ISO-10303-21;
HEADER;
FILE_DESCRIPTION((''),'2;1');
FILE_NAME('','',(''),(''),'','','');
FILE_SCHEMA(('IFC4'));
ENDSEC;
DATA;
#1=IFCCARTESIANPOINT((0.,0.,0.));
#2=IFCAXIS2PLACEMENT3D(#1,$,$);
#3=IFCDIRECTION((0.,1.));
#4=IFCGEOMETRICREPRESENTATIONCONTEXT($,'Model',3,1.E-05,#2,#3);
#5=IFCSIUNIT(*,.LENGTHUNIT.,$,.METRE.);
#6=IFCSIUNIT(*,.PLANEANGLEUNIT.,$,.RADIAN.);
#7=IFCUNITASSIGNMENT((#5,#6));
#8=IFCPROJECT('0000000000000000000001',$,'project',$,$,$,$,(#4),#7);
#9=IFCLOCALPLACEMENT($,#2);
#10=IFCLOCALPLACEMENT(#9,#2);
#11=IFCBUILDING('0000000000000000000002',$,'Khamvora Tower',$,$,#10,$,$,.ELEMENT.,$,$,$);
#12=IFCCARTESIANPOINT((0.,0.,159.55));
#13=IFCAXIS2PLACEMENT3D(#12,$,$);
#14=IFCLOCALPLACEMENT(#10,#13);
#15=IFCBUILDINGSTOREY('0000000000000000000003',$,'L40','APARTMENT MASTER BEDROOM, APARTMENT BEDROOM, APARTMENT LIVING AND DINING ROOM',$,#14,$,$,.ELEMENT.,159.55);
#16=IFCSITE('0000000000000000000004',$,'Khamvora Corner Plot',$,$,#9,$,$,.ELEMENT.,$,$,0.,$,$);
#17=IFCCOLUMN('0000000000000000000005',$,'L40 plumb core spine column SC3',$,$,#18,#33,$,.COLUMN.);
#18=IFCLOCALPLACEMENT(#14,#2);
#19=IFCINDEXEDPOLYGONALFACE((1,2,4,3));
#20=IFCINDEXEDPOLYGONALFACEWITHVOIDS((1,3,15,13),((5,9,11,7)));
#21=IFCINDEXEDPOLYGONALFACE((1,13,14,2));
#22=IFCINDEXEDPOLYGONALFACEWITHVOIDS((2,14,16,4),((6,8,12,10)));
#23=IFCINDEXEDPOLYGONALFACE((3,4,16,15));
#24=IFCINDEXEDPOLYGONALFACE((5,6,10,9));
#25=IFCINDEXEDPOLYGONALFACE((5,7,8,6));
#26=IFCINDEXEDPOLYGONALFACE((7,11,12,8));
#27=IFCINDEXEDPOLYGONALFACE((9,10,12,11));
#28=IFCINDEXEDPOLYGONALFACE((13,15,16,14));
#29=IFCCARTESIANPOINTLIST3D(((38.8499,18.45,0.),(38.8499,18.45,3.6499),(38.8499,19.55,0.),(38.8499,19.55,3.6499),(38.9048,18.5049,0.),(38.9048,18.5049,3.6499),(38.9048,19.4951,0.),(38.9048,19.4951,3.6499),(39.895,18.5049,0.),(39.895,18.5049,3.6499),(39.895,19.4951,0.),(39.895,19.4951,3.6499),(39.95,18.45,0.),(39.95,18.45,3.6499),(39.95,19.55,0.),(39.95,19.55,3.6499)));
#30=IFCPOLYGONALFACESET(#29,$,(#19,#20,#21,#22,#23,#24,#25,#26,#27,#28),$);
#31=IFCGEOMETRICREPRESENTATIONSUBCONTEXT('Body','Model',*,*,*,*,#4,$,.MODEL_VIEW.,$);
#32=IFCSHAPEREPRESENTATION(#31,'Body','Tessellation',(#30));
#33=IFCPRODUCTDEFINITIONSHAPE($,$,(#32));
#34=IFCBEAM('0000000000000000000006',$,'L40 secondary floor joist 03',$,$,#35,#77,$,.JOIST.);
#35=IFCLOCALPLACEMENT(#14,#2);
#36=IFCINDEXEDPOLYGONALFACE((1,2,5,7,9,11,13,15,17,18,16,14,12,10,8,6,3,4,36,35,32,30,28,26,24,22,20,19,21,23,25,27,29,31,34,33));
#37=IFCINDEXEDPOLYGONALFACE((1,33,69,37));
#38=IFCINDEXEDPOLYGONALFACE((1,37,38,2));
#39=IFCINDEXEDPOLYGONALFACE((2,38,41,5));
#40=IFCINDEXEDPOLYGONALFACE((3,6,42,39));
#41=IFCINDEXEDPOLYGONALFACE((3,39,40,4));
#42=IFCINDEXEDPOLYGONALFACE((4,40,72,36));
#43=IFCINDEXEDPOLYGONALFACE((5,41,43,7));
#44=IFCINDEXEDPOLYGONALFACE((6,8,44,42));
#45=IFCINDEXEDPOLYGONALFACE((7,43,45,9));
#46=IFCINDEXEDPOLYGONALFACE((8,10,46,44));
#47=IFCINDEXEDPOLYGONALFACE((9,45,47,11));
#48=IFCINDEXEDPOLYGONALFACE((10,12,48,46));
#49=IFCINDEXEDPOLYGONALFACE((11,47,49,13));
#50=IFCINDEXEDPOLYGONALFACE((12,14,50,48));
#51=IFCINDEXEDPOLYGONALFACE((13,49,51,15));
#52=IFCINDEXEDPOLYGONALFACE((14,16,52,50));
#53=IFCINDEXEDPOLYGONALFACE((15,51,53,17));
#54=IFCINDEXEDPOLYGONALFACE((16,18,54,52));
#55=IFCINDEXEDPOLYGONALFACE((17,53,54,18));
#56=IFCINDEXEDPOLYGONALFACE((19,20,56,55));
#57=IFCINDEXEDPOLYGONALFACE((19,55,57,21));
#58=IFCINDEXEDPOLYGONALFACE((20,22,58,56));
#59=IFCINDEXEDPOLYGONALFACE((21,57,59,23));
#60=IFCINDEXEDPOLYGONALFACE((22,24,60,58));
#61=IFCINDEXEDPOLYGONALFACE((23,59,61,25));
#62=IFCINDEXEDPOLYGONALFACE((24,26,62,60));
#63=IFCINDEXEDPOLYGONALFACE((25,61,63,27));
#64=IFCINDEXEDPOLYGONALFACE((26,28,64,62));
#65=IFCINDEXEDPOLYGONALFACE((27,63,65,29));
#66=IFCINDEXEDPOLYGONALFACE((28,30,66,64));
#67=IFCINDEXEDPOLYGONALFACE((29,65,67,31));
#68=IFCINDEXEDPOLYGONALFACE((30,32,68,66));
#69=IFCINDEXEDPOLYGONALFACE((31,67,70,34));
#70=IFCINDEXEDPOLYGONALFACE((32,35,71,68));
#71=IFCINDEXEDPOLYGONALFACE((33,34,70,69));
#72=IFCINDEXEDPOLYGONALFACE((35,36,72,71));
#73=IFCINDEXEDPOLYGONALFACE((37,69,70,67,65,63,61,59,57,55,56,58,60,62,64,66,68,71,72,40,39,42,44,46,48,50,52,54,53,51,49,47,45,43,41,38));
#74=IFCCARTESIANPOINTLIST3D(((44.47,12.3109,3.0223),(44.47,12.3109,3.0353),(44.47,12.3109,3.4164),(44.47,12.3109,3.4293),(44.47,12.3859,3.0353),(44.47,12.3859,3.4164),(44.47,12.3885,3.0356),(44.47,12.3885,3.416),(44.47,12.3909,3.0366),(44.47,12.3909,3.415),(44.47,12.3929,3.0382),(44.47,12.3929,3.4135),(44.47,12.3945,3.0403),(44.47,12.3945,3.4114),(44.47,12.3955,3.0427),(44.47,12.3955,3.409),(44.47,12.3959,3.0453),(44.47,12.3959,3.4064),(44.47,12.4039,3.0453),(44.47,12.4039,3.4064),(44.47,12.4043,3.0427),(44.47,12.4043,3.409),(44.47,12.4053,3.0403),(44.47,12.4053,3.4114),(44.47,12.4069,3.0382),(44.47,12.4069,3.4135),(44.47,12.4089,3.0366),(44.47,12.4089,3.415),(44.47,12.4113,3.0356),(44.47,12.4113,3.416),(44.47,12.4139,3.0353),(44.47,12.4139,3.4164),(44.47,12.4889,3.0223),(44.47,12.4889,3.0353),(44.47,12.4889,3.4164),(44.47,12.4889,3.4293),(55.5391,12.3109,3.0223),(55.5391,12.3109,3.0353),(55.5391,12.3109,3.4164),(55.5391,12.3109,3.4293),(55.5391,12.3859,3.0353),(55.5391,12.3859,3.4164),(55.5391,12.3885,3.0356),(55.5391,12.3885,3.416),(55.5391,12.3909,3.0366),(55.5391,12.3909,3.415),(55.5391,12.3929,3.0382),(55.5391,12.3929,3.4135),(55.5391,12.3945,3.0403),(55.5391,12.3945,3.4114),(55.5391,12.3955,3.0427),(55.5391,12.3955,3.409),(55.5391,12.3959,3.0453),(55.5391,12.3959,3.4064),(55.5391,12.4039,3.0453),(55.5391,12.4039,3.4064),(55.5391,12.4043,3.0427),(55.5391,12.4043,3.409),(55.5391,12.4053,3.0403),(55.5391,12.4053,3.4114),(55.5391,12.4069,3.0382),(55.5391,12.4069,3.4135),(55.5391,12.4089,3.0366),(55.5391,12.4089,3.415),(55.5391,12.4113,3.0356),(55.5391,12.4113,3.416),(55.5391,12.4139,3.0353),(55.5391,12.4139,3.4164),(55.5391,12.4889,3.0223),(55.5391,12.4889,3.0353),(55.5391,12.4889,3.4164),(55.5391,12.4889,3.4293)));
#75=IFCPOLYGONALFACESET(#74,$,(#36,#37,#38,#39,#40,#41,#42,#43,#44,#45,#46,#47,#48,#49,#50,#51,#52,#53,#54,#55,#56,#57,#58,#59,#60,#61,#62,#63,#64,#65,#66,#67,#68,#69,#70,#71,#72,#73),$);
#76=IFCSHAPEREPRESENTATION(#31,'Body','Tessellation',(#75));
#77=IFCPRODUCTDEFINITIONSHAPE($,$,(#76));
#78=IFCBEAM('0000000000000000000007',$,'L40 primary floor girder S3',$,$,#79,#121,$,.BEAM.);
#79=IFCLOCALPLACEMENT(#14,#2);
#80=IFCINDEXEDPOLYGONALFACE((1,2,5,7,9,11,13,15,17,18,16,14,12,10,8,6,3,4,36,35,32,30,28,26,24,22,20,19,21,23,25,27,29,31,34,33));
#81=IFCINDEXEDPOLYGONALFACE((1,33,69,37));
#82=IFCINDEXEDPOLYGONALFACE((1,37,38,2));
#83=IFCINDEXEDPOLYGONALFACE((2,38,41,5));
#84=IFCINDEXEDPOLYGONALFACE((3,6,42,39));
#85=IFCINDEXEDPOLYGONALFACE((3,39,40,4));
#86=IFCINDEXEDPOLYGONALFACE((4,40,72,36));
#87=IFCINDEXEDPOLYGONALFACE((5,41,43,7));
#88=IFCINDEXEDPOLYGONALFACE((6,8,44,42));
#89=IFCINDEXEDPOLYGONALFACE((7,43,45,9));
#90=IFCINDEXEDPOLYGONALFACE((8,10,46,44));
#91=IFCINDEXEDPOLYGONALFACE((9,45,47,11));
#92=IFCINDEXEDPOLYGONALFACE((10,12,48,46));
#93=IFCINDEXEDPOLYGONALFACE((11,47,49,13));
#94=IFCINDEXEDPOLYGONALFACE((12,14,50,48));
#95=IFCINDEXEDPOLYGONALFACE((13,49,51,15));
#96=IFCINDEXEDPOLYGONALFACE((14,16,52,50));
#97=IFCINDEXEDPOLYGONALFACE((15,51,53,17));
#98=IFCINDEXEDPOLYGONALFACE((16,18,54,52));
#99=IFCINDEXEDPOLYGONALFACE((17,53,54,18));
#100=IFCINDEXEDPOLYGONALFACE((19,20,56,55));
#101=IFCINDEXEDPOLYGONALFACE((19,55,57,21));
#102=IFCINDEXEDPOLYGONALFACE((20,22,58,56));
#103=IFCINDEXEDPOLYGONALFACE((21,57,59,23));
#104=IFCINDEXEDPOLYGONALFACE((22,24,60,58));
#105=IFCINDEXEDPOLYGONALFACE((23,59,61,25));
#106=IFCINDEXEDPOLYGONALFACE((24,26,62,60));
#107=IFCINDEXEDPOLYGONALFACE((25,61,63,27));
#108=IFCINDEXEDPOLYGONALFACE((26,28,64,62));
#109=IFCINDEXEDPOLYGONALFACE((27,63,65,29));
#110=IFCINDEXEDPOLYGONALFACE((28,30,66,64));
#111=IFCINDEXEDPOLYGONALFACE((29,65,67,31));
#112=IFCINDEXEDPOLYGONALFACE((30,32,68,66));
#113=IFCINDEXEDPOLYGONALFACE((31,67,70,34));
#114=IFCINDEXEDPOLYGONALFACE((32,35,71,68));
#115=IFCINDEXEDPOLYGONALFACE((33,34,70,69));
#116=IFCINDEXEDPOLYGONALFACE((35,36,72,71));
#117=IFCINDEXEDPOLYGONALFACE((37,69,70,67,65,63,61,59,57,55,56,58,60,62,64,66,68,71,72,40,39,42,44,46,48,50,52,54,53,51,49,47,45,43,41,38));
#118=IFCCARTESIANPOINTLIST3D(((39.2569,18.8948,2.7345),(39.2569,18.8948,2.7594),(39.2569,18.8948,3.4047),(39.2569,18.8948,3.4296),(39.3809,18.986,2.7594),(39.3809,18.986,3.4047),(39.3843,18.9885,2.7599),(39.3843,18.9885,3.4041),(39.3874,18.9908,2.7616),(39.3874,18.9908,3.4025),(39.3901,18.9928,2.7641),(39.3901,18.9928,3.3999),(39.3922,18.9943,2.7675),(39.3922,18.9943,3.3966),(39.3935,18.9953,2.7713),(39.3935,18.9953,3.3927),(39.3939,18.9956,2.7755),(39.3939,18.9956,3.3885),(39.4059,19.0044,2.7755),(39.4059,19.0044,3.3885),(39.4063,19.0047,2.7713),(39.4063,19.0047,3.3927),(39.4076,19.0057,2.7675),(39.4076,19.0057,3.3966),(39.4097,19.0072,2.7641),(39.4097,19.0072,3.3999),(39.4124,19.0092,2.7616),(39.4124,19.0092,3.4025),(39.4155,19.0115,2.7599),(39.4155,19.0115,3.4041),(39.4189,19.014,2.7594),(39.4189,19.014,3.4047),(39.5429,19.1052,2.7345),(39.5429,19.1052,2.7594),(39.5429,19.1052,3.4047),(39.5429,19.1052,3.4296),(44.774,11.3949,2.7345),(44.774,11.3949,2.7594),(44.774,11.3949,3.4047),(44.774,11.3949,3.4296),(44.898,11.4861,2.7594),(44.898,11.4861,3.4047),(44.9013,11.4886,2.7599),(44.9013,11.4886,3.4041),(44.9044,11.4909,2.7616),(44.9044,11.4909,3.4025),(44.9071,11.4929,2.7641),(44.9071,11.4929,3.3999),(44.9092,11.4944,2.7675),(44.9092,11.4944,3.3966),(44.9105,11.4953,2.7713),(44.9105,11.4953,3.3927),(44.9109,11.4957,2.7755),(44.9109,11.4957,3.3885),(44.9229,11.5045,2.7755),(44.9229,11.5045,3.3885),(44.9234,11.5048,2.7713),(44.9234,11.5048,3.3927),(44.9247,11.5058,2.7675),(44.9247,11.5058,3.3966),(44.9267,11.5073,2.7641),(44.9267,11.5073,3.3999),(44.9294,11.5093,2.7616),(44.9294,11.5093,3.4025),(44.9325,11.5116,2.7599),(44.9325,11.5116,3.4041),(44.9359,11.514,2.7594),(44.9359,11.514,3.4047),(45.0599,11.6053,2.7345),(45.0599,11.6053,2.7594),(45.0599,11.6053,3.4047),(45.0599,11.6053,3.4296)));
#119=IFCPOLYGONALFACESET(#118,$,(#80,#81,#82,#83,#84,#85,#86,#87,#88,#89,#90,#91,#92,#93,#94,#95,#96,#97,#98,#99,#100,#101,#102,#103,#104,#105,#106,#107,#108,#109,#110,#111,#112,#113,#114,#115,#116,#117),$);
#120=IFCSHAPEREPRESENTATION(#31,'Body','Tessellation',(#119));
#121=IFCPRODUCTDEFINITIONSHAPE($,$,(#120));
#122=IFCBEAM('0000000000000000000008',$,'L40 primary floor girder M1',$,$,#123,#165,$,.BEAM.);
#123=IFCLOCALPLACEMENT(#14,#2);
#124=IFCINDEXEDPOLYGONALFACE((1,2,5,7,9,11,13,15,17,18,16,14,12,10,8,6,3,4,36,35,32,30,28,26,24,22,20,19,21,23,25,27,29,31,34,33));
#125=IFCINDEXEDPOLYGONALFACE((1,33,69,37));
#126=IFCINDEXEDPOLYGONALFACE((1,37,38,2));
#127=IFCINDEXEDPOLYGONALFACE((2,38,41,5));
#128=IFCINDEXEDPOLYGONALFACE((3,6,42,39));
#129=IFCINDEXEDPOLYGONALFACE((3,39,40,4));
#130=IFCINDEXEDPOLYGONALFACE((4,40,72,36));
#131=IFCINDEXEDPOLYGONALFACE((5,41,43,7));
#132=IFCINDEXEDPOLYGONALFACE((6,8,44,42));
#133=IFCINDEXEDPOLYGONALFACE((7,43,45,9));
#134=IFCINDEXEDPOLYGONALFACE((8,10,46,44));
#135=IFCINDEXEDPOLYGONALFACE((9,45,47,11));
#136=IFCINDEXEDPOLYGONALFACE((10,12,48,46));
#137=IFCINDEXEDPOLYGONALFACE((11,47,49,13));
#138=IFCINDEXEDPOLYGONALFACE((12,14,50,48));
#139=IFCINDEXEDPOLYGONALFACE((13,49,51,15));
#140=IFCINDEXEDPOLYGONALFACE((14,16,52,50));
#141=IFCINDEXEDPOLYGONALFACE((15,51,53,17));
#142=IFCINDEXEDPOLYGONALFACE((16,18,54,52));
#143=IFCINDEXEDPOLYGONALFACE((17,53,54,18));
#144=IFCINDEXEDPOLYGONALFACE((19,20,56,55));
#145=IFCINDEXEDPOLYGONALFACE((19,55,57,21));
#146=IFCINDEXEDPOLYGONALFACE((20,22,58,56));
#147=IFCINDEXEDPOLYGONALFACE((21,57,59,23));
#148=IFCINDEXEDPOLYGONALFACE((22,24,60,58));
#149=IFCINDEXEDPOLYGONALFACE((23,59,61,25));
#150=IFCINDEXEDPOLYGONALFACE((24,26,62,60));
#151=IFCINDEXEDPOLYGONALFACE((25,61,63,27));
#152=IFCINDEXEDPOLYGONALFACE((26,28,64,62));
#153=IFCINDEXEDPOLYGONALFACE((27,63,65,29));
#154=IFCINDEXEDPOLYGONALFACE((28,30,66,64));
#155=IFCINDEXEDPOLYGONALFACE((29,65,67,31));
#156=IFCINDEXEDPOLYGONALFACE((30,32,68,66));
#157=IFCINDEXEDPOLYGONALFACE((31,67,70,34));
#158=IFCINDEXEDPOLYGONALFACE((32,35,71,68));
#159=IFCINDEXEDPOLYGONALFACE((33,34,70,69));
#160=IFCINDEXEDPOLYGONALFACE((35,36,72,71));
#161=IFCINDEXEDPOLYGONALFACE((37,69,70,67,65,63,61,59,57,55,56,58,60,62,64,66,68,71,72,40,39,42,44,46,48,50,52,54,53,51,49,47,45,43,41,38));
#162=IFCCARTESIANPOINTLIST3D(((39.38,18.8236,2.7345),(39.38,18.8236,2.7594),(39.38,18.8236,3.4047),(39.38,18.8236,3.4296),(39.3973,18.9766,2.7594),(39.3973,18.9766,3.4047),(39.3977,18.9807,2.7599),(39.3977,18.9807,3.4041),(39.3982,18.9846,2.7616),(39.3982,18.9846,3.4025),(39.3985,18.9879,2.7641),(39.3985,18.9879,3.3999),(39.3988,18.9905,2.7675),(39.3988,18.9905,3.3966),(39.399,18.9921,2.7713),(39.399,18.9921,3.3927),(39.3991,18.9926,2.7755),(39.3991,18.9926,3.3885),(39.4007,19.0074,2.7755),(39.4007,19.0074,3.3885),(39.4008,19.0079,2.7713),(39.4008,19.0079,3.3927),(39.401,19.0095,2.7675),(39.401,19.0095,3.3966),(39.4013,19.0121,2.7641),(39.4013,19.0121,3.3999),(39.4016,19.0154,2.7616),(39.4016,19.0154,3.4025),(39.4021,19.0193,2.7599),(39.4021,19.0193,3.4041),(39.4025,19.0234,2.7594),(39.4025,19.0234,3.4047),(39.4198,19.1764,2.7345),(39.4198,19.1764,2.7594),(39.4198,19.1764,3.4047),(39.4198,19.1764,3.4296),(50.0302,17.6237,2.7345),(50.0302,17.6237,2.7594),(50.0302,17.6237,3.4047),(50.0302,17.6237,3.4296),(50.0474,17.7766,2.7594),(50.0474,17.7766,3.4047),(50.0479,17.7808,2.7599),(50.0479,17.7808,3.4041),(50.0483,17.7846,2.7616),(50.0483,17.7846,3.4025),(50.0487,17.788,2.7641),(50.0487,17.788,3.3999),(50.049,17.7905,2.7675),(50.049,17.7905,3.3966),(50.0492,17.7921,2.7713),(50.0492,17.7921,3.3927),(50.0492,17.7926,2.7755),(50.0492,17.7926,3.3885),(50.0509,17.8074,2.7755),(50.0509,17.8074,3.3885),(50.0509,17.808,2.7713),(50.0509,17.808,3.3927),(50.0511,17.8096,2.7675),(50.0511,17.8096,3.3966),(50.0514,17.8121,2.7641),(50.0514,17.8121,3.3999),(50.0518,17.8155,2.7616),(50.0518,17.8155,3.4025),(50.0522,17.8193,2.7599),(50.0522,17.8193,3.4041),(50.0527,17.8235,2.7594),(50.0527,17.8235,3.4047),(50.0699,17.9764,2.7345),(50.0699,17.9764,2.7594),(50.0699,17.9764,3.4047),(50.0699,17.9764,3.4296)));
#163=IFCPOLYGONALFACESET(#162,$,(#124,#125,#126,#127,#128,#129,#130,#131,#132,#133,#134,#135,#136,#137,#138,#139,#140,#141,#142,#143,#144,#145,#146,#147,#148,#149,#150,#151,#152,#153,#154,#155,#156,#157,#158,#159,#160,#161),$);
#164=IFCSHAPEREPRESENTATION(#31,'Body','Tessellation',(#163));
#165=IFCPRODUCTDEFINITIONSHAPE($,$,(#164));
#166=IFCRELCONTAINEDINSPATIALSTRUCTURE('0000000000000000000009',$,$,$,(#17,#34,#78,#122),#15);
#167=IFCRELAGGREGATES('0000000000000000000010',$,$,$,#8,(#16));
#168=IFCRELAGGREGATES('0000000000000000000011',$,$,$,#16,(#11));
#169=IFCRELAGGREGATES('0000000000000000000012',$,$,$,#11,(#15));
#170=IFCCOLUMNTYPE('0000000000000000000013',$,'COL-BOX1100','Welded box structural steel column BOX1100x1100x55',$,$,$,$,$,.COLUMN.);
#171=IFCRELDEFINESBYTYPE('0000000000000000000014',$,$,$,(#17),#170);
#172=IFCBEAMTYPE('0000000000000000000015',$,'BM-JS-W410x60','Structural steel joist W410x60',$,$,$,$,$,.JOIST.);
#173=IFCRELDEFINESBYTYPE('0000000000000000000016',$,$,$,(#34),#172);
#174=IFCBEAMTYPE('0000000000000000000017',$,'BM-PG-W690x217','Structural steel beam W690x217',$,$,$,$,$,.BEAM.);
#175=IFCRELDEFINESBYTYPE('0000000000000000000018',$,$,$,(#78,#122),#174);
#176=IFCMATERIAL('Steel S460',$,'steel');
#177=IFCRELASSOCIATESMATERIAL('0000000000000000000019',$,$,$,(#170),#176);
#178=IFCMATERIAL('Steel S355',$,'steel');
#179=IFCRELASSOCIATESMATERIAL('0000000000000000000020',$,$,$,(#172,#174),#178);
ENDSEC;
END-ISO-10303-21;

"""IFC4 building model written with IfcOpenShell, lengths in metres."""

from ifc_helpers import new_model, si_unit, direction, frame, origin, origin_2d, place, context, subcontext, project, spatial, hollow_rectangle, i_section, extrude, material, material_profile, profile_set, type_object, element, save


model = new_model("IFC4")

# Units and contexts
model_context = context("Model", 3, precision=1e-05, world=origin(), true_north=direction((0.0, 1.0)))
body_context = subcontext(model_context, "Body", "Model", "MODEL_VIEW")
ifc_project = project(units=[si_unit("LENGTHUNIT", "METRE"), si_unit("PLANEANGLEUNIT", "RADIAN")], contexts=[model_context])

# Site, building, storey
site_placement = place(None, origin())
site = spatial("IfcSite", under=ifc_project, at=site_placement, Name="Khamvora Corner Plot", CompositionType="ELEMENT", RefElevation=0.0)
building_placement = place(site_placement, origin())
building = spatial("IfcBuilding", under=site, at=building_placement, Name="Khamvora Tower", CompositionType="ELEMENT")
storey_placement = place(building_placement, frame((0.0, 0.0, 159.55)))
storey = spatial("IfcBuildingStorey", under=building, at=storey_placement, Name="L40", Description="APARTMENT MASTER BEDROOM, APARTMENT BEDROOM, APARTMENT LIVING AND DINING ROOM", CompositionType="ELEMENT", Elevation=159.55)

# Column
ifc_material_1 = material(Name="Steel S460", Category="steel")
ifc_material_profile_1 = material_profile(ifc_material_1, hollow_rectangle(XDim=1.1001, YDim=1.1001, WallThickness=0.0549, at=origin_2d()), Name="BOX1100x1100x55")
ifc_profile_set_1 = profile_set([ifc_material_profile_1], Name="Steel S460")
column_type = type_object("IfcColumnType", Name="COL-BOX1100", Description="Welded box structural steel column BOX1100x1100x55", PredefinedType="COLUMN", material=ifc_profile_set_1)
column_placement = place(storey_placement, frame((39.3999, 19.0, 0.0), z_axis=(0.0, 0.0, 1.0), x_axis=(1.0, 0.0, 0.0)))
element("IfcColumn", 1, at=column_placement, inside=storey, type_object=column_type, Name="L40 plumb core spine column SC3", PredefinedType="COLUMN", context=body_context, shape_type="SweptSolid", body=[
    extrude(hollow_rectangle(XDim=1.1001, YDim=1.1001, WallThickness=0.0549, at=origin_2d()), origin(), (0.0, 0.0, 1.0), 3.6499),
])

# Beams
ifc_material_2 = material(Name="Steel S355", Category="steel")
ifc_material_profile_2 = material_profile(ifc_material_2, i_section(OverallWidth=0.178, OverallDepth=0.407, WebThickness=0.0081, FlangeThickness=0.0129, FilletRadius=0.01, at=origin_2d()), Name="W410x60")
ifc_profile_set_2 = profile_set([ifc_material_profile_2], Name="Steel S355")
beam_type_1 = type_object("IfcBeamType", Name="BM-JS-W410x60", Description="Structural steel joist W410x60", PredefinedType="JOIST", material=ifc_profile_set_2)
beam_1_placement = place(storey_placement, frame((44.47, 12.3999, 3.2258), z_axis=(1.0, 0.0, 0.0), x_axis=(0.0, 1.0, 0.0)))
element("IfcBeam", 2, at=beam_1_placement, inside=storey, type_object=beam_type_1, Name="L40 secondary floor joist 03", PredefinedType="JOIST", context=body_context, shape_type="SweptSolid", body=[
    extrude(i_section(OverallWidth=0.178, OverallDepth=0.407, WebThickness=0.0081, FlangeThickness=0.0129, FilletRadius=0.01, at=origin_2d()), origin(), (0.0, 0.0, 1.0), 11.0691),
])
ifc_material_profile_3 = material_profile(ifc_material_2, i_section(OverallWidth=0.355, OverallDepth=0.6951, WebThickness=0.0149, FlangeThickness=0.0249, FilletRadius=0.0161, at=origin_2d()), Name="W690x217")
ifc_profile_set_3 = profile_set([ifc_material_profile_3], Name="Steel S355")
beam_type_2 = type_object("IfcBeamType", Name="BM-PG-W690x217", Description="Structural steel beam W690x217", PredefinedType="BEAM", material=ifc_profile_set_3)
beam_2_placement = place(storey_placement, frame((39.3999, 19.0, 3.082), z_axis=(0.592557, -0.805529, 0.0), x_axis=(0.805529, 0.592557, 0.0)))
element("IfcBeam", 3, at=beam_2_placement, inside=storey, type_object=beam_type_2, Name="L40 primary floor girder S3", PredefinedType="BEAM", context=body_context, shape_type="SweptSolid", body=[
    extrude(i_section(OverallWidth=0.355, OverallDepth=0.6951, WebThickness=0.0149, FlangeThickness=0.0249, FilletRadius=0.0161, at=origin_2d()), origin(), (0.0, 0.0, 1.0), 9.3105),
])
beam_3_placement = place(storey_placement, frame((39.3999, 19.0, 3.082), z_axis=(0.993713, -0.111962, 0.0), x_axis=(0.111962, 0.993713, 0.0)))
element("IfcBeam", 4, at=beam_3_placement, inside=storey, type_object=beam_type_2, Name="L40 primary floor girder M1", PredefinedType="BEAM", context=body_context, shape_type="SweptSolid", body=[
    extrude(i_section(OverallWidth=0.355, OverallDepth=0.6951, WebThickness=0.0149, FlangeThickness=0.0249, FilletRadius=0.0161, at=origin_2d()), origin(), (0.0, 0.0, 1.0), 10.7175),
])

save(model, "model.ifc")
